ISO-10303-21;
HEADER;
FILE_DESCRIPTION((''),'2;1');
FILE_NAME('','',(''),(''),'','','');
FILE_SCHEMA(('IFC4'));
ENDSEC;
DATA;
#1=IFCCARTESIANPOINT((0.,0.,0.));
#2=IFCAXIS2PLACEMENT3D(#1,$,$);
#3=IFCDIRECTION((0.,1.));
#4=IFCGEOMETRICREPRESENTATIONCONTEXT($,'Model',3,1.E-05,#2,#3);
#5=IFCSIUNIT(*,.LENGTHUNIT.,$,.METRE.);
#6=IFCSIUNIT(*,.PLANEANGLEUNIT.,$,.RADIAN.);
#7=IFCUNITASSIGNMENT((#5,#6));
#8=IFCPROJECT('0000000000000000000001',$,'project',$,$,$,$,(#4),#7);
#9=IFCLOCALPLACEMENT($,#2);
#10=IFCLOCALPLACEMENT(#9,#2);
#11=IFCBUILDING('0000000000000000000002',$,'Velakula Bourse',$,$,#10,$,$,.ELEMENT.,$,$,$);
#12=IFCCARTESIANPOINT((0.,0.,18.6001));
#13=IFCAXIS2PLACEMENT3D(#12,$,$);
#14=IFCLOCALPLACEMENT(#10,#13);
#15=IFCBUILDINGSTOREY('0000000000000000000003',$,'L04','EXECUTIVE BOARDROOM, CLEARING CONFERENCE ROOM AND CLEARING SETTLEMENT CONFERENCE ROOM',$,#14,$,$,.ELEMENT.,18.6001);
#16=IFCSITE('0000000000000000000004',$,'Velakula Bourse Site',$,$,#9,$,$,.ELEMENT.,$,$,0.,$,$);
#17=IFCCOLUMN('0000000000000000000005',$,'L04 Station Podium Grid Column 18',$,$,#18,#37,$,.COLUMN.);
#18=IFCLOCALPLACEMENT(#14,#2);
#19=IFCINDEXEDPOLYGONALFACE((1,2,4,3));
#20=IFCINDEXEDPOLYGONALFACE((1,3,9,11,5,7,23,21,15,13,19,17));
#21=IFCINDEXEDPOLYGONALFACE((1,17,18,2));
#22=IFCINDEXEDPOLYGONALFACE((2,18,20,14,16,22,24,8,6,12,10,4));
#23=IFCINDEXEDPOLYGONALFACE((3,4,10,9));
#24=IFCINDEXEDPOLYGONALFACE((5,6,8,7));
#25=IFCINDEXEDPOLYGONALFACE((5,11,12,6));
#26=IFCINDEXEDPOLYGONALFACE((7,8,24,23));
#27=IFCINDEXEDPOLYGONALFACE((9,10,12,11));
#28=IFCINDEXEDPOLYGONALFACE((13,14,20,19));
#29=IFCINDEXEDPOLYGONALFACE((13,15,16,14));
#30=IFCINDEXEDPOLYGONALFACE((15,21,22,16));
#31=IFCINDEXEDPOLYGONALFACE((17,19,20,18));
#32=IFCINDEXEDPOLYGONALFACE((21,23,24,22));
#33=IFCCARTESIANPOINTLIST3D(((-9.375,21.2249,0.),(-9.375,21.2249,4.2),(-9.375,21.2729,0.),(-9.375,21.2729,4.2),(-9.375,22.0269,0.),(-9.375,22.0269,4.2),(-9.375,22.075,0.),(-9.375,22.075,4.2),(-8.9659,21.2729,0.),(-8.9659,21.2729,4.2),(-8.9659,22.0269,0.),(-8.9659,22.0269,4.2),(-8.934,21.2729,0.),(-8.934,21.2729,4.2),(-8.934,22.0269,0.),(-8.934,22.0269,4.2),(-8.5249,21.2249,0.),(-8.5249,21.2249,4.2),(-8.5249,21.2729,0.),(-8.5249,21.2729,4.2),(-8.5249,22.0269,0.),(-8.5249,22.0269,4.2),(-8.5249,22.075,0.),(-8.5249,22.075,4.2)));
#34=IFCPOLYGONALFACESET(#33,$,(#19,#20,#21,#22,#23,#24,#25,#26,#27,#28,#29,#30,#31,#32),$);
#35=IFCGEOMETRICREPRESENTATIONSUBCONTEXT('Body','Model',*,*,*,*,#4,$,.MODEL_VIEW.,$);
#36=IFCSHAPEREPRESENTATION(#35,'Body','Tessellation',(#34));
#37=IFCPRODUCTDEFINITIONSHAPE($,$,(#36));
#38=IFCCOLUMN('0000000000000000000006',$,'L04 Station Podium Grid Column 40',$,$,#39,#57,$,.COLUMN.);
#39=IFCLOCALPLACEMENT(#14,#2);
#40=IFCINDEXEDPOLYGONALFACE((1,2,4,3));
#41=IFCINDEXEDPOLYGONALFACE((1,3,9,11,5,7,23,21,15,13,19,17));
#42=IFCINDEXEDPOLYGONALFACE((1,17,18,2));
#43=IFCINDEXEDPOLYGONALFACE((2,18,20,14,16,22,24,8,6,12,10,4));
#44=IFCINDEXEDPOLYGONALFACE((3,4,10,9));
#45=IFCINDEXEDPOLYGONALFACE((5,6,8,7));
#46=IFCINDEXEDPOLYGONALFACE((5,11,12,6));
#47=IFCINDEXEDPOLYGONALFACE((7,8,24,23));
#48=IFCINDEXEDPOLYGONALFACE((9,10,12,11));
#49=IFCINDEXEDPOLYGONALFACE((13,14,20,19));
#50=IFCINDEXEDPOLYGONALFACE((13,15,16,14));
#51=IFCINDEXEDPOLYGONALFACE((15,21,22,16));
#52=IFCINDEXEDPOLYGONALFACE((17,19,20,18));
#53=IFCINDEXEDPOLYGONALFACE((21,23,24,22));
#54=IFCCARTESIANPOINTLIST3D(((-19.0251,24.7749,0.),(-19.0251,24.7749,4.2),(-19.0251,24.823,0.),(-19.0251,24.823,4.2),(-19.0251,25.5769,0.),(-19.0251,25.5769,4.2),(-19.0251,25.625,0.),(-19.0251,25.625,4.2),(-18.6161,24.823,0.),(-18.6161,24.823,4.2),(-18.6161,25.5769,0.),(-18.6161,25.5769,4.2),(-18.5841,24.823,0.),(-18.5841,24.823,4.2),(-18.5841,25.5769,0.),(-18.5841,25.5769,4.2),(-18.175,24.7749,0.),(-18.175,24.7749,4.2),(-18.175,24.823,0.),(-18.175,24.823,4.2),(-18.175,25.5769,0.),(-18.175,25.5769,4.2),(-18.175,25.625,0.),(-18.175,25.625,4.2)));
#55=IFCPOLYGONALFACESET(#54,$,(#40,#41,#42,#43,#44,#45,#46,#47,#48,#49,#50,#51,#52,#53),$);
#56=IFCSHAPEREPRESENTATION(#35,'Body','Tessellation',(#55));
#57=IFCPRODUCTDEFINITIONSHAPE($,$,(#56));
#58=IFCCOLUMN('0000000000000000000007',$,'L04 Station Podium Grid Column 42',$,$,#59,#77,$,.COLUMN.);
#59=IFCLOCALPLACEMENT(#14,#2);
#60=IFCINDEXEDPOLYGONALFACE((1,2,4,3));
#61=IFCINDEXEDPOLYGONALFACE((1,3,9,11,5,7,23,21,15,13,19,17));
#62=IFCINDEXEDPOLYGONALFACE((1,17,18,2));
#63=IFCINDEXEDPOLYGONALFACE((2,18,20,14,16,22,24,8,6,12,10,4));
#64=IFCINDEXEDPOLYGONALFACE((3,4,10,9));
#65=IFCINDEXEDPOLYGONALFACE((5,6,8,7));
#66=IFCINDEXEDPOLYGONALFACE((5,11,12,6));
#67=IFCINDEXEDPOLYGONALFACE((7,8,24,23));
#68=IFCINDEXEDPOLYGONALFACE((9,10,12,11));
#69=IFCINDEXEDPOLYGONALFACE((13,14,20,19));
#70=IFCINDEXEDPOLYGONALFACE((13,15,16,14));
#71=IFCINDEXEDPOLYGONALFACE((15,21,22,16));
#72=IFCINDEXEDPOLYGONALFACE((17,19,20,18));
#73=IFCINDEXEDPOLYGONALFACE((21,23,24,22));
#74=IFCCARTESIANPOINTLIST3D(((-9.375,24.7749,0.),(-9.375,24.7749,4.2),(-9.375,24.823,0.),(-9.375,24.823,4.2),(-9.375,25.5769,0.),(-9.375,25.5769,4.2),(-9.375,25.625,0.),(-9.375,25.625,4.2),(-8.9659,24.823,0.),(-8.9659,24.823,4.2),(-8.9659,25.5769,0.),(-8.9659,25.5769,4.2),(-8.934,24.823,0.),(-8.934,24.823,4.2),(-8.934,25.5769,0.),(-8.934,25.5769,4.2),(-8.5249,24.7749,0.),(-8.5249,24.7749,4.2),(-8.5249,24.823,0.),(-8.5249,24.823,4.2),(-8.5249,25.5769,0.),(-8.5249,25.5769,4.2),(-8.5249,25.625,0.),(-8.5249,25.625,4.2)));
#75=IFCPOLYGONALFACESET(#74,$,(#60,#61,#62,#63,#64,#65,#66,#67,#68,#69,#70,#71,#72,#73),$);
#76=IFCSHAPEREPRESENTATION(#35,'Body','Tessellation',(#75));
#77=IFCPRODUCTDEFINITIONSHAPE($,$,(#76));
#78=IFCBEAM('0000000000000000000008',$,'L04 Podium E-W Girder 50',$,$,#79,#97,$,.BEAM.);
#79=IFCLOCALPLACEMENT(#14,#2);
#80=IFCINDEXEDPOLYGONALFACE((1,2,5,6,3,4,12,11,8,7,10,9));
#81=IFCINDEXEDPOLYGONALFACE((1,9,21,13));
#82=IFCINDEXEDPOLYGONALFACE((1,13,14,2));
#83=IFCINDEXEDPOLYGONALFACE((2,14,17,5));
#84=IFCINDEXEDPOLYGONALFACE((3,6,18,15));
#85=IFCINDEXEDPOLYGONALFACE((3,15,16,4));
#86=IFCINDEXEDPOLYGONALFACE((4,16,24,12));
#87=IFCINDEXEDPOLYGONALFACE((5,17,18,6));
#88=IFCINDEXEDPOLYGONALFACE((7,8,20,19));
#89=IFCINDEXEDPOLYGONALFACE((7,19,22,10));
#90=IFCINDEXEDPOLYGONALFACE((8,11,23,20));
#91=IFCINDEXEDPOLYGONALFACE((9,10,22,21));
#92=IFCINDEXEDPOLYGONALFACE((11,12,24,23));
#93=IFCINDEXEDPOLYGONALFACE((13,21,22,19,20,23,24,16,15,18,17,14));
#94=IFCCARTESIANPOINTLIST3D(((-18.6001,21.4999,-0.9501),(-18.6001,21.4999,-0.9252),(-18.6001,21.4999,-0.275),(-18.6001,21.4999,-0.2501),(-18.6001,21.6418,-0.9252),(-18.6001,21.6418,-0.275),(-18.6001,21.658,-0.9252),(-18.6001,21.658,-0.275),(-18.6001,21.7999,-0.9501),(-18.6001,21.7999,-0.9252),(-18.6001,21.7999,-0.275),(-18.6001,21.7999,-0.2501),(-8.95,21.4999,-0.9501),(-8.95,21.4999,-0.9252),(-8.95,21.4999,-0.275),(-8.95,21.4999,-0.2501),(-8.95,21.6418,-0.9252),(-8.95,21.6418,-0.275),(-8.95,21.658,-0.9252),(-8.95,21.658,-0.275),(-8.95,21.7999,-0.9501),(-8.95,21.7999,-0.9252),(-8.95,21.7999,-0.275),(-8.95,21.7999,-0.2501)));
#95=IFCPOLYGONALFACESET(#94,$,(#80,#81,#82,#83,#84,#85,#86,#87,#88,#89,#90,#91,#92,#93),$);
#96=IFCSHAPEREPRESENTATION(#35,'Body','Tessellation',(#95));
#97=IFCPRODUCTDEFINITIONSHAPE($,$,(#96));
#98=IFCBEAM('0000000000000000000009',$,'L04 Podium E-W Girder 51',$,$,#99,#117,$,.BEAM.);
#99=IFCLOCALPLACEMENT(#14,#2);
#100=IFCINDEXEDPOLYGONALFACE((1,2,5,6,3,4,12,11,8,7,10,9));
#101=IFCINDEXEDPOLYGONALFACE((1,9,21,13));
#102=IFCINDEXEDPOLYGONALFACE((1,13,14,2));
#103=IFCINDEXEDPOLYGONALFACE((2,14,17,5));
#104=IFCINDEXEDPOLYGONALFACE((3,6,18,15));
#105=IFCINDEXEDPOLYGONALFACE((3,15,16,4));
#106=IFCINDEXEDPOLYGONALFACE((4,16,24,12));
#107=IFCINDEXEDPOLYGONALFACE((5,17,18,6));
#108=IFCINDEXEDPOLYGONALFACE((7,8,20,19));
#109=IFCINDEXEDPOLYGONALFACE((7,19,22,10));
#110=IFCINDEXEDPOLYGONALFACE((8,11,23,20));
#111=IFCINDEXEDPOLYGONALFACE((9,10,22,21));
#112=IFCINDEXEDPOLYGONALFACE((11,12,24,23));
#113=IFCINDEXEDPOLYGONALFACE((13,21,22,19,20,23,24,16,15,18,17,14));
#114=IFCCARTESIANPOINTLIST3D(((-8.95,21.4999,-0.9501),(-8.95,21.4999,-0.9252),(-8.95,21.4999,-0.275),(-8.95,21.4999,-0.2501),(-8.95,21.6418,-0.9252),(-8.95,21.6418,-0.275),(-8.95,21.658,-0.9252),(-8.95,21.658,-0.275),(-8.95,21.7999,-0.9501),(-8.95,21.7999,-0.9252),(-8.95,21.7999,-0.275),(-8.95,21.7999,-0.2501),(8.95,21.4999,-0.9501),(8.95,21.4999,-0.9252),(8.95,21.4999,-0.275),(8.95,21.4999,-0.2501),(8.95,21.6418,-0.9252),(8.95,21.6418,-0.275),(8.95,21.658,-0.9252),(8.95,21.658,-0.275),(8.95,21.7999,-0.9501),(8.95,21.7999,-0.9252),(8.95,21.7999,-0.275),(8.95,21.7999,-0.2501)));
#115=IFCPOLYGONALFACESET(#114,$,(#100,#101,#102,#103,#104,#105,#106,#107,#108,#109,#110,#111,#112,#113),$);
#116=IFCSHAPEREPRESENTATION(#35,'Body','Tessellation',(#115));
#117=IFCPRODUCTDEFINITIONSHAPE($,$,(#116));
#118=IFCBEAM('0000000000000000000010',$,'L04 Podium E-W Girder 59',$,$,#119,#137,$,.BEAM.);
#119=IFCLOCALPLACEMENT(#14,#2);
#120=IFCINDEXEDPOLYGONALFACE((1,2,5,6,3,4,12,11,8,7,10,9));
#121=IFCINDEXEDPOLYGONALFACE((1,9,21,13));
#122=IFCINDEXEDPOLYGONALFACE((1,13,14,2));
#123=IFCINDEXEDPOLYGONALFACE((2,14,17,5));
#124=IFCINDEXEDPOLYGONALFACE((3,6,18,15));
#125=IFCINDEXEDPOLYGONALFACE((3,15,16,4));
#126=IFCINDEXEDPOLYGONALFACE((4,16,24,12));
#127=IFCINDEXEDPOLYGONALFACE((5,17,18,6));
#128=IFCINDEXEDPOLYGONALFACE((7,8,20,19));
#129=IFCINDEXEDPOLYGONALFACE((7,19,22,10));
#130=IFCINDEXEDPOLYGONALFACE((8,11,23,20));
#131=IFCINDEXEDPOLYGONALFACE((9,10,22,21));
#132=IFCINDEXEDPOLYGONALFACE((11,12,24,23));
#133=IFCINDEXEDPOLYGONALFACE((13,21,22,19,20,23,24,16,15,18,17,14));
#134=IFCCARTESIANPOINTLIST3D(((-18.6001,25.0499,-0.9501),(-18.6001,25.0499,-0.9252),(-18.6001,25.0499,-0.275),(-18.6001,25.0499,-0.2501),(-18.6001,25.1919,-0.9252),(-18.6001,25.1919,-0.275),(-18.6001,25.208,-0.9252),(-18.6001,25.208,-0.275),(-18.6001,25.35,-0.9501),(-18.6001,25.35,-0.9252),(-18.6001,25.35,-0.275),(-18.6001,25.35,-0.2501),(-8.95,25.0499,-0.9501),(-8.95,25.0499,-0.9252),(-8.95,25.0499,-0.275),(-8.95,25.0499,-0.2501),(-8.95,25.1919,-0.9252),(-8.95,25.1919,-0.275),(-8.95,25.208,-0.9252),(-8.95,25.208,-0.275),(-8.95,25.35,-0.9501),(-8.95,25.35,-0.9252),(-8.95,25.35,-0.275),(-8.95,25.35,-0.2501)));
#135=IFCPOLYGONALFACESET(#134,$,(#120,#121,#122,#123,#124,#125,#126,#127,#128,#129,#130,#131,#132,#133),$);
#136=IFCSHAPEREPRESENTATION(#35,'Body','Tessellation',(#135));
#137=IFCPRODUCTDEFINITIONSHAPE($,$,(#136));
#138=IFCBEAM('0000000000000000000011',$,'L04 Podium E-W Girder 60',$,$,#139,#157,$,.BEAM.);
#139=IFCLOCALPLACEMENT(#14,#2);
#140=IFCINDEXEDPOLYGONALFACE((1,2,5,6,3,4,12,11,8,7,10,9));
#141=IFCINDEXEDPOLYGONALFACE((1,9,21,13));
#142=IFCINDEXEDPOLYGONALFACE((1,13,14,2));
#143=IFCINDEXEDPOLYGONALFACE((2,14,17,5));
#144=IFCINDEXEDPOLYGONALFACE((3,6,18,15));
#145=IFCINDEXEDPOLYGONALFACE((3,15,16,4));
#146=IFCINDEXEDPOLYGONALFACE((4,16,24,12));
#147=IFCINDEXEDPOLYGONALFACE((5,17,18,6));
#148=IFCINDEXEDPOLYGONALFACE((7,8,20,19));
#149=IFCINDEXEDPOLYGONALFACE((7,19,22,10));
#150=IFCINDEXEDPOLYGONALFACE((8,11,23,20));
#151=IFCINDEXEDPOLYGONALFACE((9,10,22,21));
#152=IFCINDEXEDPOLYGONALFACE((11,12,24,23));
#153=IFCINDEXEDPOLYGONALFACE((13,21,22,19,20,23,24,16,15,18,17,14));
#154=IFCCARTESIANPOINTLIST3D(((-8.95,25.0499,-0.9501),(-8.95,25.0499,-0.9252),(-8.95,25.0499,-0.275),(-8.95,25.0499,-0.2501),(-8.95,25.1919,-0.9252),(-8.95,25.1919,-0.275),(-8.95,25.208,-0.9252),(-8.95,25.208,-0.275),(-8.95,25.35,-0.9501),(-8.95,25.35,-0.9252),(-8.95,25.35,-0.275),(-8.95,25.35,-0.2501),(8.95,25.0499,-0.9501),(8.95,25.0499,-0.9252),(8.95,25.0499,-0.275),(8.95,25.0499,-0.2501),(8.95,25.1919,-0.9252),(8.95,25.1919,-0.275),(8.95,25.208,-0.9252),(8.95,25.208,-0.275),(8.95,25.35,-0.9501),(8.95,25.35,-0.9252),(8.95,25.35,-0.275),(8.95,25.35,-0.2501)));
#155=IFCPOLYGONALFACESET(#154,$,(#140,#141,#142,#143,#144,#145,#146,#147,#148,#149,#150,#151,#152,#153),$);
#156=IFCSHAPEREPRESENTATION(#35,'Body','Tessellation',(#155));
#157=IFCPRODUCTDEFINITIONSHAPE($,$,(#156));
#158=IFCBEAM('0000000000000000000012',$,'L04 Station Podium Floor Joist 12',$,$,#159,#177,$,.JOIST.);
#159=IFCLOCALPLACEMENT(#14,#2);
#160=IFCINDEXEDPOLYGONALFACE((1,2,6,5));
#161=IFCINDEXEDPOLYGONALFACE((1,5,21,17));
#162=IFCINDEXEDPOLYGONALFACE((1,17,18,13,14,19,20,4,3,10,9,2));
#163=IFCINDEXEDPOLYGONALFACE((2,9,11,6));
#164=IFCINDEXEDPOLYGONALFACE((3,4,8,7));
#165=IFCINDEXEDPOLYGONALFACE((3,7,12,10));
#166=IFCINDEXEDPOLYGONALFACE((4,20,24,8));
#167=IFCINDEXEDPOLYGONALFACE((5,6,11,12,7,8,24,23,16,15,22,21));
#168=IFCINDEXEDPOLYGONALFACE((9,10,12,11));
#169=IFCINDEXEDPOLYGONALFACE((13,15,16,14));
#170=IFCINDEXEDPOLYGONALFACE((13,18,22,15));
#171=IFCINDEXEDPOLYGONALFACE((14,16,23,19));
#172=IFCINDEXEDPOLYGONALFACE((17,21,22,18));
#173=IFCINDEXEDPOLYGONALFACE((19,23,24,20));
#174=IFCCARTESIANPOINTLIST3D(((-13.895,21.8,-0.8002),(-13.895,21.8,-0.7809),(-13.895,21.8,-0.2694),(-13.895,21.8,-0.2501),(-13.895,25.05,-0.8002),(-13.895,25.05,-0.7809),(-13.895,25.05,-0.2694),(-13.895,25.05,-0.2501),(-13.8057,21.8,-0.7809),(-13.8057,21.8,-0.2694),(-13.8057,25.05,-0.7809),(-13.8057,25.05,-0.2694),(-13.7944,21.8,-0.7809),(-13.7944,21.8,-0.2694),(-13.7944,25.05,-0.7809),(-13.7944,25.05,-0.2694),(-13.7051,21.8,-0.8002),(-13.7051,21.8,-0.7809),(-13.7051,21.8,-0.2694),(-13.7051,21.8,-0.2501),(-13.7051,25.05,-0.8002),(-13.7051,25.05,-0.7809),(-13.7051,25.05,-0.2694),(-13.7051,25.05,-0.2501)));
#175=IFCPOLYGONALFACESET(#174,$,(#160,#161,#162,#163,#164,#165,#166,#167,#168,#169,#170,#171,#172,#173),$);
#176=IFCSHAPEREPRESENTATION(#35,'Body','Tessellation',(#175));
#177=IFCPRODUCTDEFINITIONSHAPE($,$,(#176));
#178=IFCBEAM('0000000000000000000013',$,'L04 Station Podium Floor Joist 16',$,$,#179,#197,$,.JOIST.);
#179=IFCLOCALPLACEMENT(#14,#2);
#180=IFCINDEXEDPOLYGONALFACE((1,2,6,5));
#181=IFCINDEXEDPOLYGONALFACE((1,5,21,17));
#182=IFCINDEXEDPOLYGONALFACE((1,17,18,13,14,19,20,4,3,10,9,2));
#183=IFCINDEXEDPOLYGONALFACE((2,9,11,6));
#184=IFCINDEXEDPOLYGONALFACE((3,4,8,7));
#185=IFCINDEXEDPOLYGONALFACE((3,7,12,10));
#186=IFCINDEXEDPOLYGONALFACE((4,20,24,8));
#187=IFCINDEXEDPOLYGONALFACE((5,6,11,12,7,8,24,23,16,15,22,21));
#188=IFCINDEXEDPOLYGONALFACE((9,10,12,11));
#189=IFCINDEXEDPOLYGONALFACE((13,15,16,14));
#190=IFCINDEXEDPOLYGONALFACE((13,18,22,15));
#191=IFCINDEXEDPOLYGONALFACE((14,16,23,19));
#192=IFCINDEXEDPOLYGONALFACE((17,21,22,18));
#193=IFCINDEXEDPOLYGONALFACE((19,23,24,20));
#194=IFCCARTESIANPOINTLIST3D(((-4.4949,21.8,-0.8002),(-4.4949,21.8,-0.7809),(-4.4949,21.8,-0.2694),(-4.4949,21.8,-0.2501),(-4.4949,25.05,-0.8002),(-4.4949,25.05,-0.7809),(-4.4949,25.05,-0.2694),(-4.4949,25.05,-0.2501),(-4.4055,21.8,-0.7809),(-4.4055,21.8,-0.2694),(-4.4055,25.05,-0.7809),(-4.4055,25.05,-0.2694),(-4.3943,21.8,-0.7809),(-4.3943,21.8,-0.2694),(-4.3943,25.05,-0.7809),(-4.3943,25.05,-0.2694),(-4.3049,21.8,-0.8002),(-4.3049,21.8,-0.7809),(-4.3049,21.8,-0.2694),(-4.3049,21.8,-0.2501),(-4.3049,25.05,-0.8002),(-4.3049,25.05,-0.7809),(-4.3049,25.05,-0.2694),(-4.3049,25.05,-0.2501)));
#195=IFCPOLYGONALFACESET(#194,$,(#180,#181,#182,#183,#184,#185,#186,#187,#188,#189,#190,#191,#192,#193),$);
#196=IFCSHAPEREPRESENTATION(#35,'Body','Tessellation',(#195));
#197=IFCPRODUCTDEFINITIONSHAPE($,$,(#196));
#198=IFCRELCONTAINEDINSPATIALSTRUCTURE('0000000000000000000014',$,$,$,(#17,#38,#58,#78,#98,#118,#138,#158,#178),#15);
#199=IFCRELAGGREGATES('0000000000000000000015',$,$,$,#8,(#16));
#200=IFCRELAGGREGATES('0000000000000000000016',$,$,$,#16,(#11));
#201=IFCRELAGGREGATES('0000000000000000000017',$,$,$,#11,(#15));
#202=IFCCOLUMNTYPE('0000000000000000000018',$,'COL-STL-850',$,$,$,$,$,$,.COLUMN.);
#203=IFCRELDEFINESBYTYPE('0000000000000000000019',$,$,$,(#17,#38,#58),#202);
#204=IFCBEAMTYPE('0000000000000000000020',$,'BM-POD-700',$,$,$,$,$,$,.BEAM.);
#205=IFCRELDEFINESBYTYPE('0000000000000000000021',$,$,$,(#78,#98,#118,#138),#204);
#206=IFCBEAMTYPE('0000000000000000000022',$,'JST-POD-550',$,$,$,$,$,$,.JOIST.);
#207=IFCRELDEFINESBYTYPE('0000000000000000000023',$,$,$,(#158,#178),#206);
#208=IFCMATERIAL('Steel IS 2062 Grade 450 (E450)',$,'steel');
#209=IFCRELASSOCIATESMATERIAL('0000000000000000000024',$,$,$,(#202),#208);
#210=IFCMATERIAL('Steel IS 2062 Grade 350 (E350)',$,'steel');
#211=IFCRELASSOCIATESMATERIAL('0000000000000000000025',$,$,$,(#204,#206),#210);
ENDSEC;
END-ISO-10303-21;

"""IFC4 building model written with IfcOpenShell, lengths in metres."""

from ifc_helpers import new_model, si_unit, direction, frame, origin, origin_2d, place, context, subcontext, project, spatial, i_section, extrude, material, material_profile, profile_set, type_object, element, save


model = new_model("IFC4")

# Units and contexts
model_context = context("Model", 3, precision=1e-05, world=origin(), true_north=direction((0.0, 1.0)))
body_context = subcontext(model_context, "Body", "Model", "MODEL_VIEW")
ifc_project = project(units=[si_unit("LENGTHUNIT", "METRE"), si_unit("PLANEANGLEUNIT", "RADIAN")], contexts=[model_context])

# Site, building, storey
site_placement = place(None, origin())
site = spatial("IfcSite", under=ifc_project, at=site_placement, Name="Velakula Bourse Site", CompositionType="ELEMENT", RefElevation=0.0)
building_placement = place(site_placement, origin())
building = spatial("IfcBuilding", under=site, at=building_placement, Name="Velakula Bourse", CompositionType="ELEMENT")
storey_placement = place(building_placement, frame((0.0, 0.0, 18.6001)))
storey = spatial("IfcBuildingStorey", under=building, at=storey_placement, Name="L04", Description="EXECUTIVE BOARDROOM, CLEARING CONFERENCE ROOM AND CLEARING SETTLEMENT CONFERENCE ROOM", CompositionType="ELEMENT", Elevation=18.6001)

# Columns
ifc_material_1 = material(Name="Steel IS 2062 Grade 450 (E450)", Category="steel")
ifc_material_profile_1 = material_profile(ifc_material_1, i_section(OverallWidth=0.8501, OverallDepth=0.8501, WebThickness=0.032, FlangeThickness=0.0481, at=origin_2d()), Name="Steel IS 2062 Grade 450 (E450)")
ifc_profile_set_1 = profile_set([ifc_material_profile_1], Name="Steel IS 2062 Grade 450 (E450)")
column_type = type_object("IfcColumnType", Name="COL-STL-850", PredefinedType="COLUMN", material=ifc_profile_set_1)
for number, where, z_axis, x_axis, name in (
    (1, (-8.95, 21.6499, 0.0), (0.0, 0.0, 1.0), (1.0, 0.0, 0.0), "L04 Station Podium Grid Column 18"),
    (2, (-18.6001, 25.2, 0.0), (0.0, 0.0, 1.0), (1.0, 0.0, 0.0), "L04 Station Podium Grid Column 40"),
    (3, (-8.95, 25.2, 0.0), (0.0, 0.0, 1.0), (1.0, 0.0, 0.0), "L04 Station Podium Grid Column 42"),
):
    element("IfcColumn", number, at=place(storey_placement, frame(where, z_axis=z_axis, x_axis=x_axis)), inside=storey, type_object=column_type, Name=name, PredefinedType="COLUMN", context=body_context, shape_type="SweptSolid", body=[
        extrude(i_section(OverallWidth=0.8501, OverallDepth=0.8501, WebThickness=0.032, FlangeThickness=0.0481, at=origin_2d()), origin(), (0.0, 0.0, 1.0), 4.2),
    ])

# Beams
ifc_material_2 = material(Name="Steel IS 2062 Grade 350 (E350)", Category="steel")
ifc_material_profile_2 = material_profile(ifc_material_2, i_section(OverallWidth=0.3, OverallDepth=0.7, WebThickness=0.0161, FlangeThickness=0.0249, at=origin_2d()), Name="Steel IS 2062 Grade 350 (E350)")
ifc_profile_set_2 = profile_set([ifc_material_profile_2], Name="Steel IS 2062 Grade 350 (E350)")
beam_type_1 = type_object("IfcBeamType", Name="BM-POD-700", PredefinedType="BEAM", material=ifc_profile_set_2)
beam_1_placement = place(storey_placement, frame((-18.6001, 21.6499, -0.6001), z_axis=(1.0, 0.0, 0.0), x_axis=(0.0, 1.0, 0.0)))
element("IfcBeam", 4, at=beam_1_placement, inside=storey, type_object=beam_type_1, Name="L04 Podium E-W Girder 50", PredefinedType="BEAM", context=body_context, shape_type="SweptSolid", body=[
    extrude(i_section(OverallWidth=0.3, OverallDepth=0.7, WebThickness=0.0161, FlangeThickness=0.0249, at=origin_2d()), origin(), (0.0, 0.0, 1.0), 9.6501),
])
beam_2_placement = place(storey_placement, frame((-8.95, 21.6499, -0.6001), z_axis=(1.0, 0.0, 0.0), x_axis=(0.0, 1.0, 0.0)))
element("IfcBeam", 5, at=beam_2_placement, inside=storey, type_object=beam_type_1, Name="L04 Podium E-W Girder 51", PredefinedType="BEAM", context=body_context, shape_type="SweptSolid", body=[
    extrude(i_section(OverallWidth=0.3, OverallDepth=0.7, WebThickness=0.0161, FlangeThickness=0.0249, at=origin_2d()), origin(), (0.0, 0.0, 1.0), 17.8999),
])
beam_3_placement = place(storey_placement, frame((-18.6001, 25.2, -0.6001), z_axis=(1.0, 0.0, 0.0), x_axis=(0.0, 1.0, 0.0)))
element("IfcBeam", 6, at=beam_3_placement, inside=storey, type_object=beam_type_1, Name="L04 Podium E-W Girder 59", PredefinedType="BEAM", context=body_context, shape_type="SweptSolid", body=[
    extrude(i_section(OverallWidth=0.3, OverallDepth=0.7, WebThickness=0.0161, FlangeThickness=0.0249, at=origin_2d()), origin(), (0.0, 0.0, 1.0), 9.6501),
])
beam_4_placement = place(storey_placement, frame((-8.95, 25.2, -0.6001), z_axis=(1.0, 0.0, 0.0), x_axis=(0.0, 1.0, 0.0)))
element("IfcBeam", 7, at=beam_4_placement, inside=storey, type_object=beam_type_1, Name="L04 Podium E-W Girder 60", PredefinedType="BEAM", context=body_context, shape_type="SweptSolid", body=[
    extrude(i_section(OverallWidth=0.3, OverallDepth=0.7, WebThickness=0.0161, FlangeThickness=0.0249, at=origin_2d()), origin(), (0.0, 0.0, 1.0), 17.8999),
])
ifc_material_profile_3 = material_profile(ifc_material_2, i_section(OverallWidth=0.1899, OverallDepth=0.55, WebThickness=0.0112, FlangeThickness=0.0193, at=origin_2d()), Name="Steel IS 2062 Grade 350 (E350)")
ifc_profile_set_3 = profile_set([ifc_material_profile_3], Name="Steel IS 2062 Grade 350 (E350)")
beam_type_2 = type_object("IfcBeamType", Name="JST-POD-550", PredefinedType="JOIST", material=ifc_profile_set_3)
for number, where, z_axis, x_axis, name in (
    (8, (-13.8, 21.8, -0.5251), (0.0, 1.0, 0.0), (-1.0, 0.0, 0.0), "L04 Station Podium Floor Joist 12"),
    (9, (-4.3999, 21.8, -0.5251), (0.0, 1.0, 0.0), (-1.0, 0.0, 0.0), "L04 Station Podium Floor Joist 16"),
):
    element("IfcBeam", number, at=place(storey_placement, frame(where, z_axis=z_axis, x_axis=x_axis)), inside=storey, type_object=beam_type_2, Name=name, PredefinedType="JOIST", context=body_context, shape_type="SweptSolid", body=[
        extrude(i_section(OverallWidth=0.1899, OverallDepth=0.55, WebThickness=0.0112, FlangeThickness=0.0193, at=origin_2d()), origin(), (0.0, 0.0, 1.0), 3.25),
    ])

save(model, "model.ifc")
